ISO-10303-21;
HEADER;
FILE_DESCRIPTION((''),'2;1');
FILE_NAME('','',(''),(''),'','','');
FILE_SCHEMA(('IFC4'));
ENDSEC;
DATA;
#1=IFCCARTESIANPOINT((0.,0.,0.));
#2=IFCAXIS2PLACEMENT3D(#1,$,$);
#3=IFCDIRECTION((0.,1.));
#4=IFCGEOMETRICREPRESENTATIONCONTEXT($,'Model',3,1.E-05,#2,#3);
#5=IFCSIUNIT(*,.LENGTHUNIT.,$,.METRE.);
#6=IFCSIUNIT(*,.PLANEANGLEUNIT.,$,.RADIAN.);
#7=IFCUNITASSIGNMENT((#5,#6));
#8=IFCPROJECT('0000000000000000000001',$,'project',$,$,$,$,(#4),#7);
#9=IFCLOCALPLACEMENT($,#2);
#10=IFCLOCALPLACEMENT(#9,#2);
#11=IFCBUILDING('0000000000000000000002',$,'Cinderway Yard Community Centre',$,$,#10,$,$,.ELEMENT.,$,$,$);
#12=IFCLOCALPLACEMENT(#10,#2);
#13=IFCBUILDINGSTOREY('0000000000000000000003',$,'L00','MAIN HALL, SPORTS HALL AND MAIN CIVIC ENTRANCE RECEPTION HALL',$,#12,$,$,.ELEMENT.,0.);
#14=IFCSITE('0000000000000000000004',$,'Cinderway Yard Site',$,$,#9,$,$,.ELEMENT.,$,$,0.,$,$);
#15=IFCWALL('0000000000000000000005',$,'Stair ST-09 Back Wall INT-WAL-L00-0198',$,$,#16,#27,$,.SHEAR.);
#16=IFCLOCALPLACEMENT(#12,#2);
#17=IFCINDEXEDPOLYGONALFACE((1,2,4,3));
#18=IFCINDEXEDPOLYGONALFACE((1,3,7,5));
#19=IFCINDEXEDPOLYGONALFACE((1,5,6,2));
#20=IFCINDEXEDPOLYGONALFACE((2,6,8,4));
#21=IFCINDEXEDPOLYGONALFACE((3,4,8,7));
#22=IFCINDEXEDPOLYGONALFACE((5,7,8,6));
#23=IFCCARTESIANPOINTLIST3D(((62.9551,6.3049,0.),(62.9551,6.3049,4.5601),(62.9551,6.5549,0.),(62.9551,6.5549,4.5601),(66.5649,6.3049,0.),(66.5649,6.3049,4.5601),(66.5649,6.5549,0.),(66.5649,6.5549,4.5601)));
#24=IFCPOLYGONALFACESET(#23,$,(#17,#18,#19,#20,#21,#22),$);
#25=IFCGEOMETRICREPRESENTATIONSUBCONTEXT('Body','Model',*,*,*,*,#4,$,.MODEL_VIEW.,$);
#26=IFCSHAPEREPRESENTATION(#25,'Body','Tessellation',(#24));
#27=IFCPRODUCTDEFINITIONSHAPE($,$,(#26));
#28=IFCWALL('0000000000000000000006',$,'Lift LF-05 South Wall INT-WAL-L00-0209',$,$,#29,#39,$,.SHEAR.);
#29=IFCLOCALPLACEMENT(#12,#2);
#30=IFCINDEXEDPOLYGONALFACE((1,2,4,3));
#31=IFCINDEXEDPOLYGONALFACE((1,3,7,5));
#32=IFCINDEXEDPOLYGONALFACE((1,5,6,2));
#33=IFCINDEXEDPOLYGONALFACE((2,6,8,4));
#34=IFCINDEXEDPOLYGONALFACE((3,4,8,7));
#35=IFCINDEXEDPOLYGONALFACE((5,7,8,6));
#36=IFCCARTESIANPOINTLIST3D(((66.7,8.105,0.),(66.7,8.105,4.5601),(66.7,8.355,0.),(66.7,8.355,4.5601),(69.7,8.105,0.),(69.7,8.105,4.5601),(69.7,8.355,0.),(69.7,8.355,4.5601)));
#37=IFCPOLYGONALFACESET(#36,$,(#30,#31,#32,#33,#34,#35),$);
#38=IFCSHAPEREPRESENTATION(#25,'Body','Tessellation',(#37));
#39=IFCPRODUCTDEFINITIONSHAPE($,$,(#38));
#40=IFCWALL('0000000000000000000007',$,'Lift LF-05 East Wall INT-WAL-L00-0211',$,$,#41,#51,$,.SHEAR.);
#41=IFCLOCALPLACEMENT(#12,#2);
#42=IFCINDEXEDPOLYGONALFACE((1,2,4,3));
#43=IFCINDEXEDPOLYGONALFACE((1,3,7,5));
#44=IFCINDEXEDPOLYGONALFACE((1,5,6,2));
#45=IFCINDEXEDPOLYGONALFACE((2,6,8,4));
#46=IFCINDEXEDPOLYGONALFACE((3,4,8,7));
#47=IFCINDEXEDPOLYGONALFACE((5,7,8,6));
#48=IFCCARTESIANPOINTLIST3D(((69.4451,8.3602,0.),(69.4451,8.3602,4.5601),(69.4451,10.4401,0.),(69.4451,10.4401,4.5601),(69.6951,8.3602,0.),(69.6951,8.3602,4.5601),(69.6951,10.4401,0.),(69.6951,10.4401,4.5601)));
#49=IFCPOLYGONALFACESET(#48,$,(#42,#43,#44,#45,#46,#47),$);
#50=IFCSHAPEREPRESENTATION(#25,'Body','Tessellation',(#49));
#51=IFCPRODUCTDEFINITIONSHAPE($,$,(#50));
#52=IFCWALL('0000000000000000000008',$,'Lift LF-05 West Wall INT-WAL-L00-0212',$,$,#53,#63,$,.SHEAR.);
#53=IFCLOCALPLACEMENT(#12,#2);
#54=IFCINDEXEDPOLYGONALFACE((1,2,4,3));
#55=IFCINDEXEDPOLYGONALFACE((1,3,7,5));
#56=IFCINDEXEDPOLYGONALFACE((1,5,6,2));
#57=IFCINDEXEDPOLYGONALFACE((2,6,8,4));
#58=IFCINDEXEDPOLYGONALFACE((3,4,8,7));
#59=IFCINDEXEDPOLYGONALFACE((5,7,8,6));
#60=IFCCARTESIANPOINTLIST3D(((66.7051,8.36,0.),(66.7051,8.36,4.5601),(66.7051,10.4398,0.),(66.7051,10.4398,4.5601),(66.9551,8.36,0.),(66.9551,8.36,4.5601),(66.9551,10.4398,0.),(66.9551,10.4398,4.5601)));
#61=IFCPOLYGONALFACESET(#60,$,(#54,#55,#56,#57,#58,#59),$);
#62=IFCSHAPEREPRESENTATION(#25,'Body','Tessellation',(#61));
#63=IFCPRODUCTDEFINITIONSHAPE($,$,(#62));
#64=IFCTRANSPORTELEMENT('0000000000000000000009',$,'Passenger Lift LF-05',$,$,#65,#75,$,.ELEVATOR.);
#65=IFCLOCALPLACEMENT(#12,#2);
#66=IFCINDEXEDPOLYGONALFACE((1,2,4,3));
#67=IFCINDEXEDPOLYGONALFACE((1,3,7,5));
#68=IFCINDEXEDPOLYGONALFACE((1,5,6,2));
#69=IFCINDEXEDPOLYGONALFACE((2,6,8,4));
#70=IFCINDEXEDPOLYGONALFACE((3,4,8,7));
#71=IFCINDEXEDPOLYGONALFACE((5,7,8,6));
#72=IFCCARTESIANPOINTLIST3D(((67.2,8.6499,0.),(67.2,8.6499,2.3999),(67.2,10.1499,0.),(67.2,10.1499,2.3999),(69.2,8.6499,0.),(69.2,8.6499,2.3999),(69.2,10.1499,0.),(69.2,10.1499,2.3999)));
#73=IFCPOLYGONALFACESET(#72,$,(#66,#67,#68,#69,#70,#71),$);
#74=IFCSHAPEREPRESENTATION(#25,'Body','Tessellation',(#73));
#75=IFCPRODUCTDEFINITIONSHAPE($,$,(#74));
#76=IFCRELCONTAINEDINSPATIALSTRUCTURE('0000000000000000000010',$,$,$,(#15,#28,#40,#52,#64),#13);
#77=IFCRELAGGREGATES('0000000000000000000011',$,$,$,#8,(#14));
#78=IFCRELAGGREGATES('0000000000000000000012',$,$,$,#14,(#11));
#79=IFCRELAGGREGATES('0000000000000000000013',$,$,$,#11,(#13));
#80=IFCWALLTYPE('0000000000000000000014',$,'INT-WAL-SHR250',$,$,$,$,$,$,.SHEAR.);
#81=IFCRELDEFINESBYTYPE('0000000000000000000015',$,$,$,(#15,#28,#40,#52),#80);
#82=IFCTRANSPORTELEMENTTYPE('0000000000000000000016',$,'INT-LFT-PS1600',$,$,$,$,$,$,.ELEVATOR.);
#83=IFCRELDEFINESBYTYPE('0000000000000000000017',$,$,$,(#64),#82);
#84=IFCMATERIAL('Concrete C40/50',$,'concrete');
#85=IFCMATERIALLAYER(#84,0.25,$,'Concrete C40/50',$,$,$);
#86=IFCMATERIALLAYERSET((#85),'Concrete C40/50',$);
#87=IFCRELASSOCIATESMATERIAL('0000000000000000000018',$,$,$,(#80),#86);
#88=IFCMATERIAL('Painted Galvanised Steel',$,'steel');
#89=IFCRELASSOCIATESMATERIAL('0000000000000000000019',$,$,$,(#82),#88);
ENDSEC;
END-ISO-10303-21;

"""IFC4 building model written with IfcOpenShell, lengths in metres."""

from ifc_helpers import new_model, si_unit, direction, frame, frame_2d, origin, origin_2d, place, context, subcontext, project, spatial, rectangle, extrude, material, layer, layer_set, type_object, element, save


model = new_model("IFC4")

# Units and contexts
model_context = context("Model", 3, precision=1e-05, world=origin(), true_north=direction((0.0, 1.0)))
body_context = subcontext(model_context, "Body", "Model", "MODEL_VIEW")
ifc_project = project(units=[si_unit("LENGTHUNIT", "METRE"), si_unit("PLANEANGLEUNIT", "RADIAN")], contexts=[model_context])

# Site, building, storey
site_placement = place(None, origin())
site = spatial("IfcSite", under=ifc_project, at=site_placement, Name="Cinderway Yard Site", CompositionType="ELEMENT", RefElevation=0.0)
building_placement = place(site_placement, origin())
building = spatial("IfcBuilding", under=site, at=building_placement, Name="Cinderway Yard Community Centre", CompositionType="ELEMENT")
storey_placement = place(building_placement, origin())
storey = spatial("IfcBuildingStorey", under=building, at=storey_placement, Name="L00", Description="MAIN HALL, SPORTS HALL AND MAIN CIVIC ENTRANCE RECEPTION HALL", CompositionType="ELEMENT", Elevation=0.0)

# Shared definitions
ifc_material_1 = material(Name="Concrete C40/50", Category="concrete")

# Shared definitions
ifc_material_2 = material(Name="Painted Galvanised Steel", Category="steel")

# Walls
ifc_layer_1 = layer(ifc_material_1, 0.25, Name="Concrete C40/50")
ifc_layer_set_1 = layer_set([ifc_layer_1], Name="Concrete C40/50")
wall_type_1 = type_object("IfcWallType", Name="INT-WAL-SHR250", PredefinedType="SHEAR", material=ifc_layer_set_1)
wall_1_placement = place(storey_placement, frame((66.5649, 6.4299, 0.0), z_axis=(0.0, 0.0, 1.0), x_axis=(-1.0, 0.0, 0.0)))
element("IfcWall", 1, at=wall_1_placement, inside=storey, type_object=wall_type_1, Name="Stair ST-09 Back Wall INT-WAL-L00-0198", PredefinedType="SHEAR", context=body_context, shape_type="SweptSolid", body=[
    extrude(rectangle(XDim=3.6099, YDim=0.25, at=frame_2d((1.8049, 0.0))), origin(), (0.0, 0.0, 1.0), 4.5601),
])
wall_2_placement = place(storey_placement, frame((66.7, 8.23, 0.0), z_axis=(0.0, 0.0, 1.0), x_axis=(1.0, 0.0, 0.0)))
element("IfcWall", 2, at=wall_2_placement, inside=storey, type_object=wall_type_1, Name="Lift LF-05 South Wall INT-WAL-L00-0209", PredefinedType="SHEAR", context=body_context, shape_type="SweptSolid", body=[
    extrude(rectangle(XDim=3.0, YDim=0.25, at=frame_2d((1.5, 0.0))), origin(), (0.0, 0.0, 1.0), 4.5601),
])

# Walls
for number, where, z_axis, x_axis, name in (
    (3, (69.5701, 8.3601, 0.0), (0.0, 0.0, 1.0), (0.0, 1.0, 0.0), "Lift LF-05 East Wall INT-WAL-L00-0211"),
    (4, (66.8301, 10.4399, 0.0), (0.0, 0.0, 1.0), (0.0, -1.0, 0.0), "Lift LF-05 West Wall INT-WAL-L00-0212"),
):
    element("IfcWall", number, at=place(storey_placement, frame(where, z_axis=z_axis, x_axis=x_axis)), inside=storey, type_object=wall_type_1, Name=name, PredefinedType="SHEAR", context=body_context, shape_type="SweptSolid", body=[
        extrude(rectangle(XDim=2.0798, YDim=0.25, at=frame_2d((1.04, 0.0))), origin(), (0.0, 0.0, 1.0), 4.5601),
    ])

# Transport element
transport_element_type = type_object("IfcTransportElementType", Name="INT-LFT-PS1600", PredefinedType="ELEVATOR", material=ifc_material_2)
transport_element_placement = place(storey_placement, frame((68.2, 9.3999, 0.0), z_axis=(0.0, 0.0, 1.0), x_axis=(1.0, 0.0, 0.0)))
element("IfcTransportElement", 5, at=transport_element_placement, inside=storey, type_object=transport_element_type, Name="Passenger Lift LF-05", PredefinedType="ELEVATOR", context=body_context, shape_type="SweptSolid", body=[
    extrude(rectangle(XDim=2.0, YDim=1.5, at=origin_2d()), origin(), (0.0, 0.0, 1.0), 2.3999),
])

save(model, "model.ifc")
